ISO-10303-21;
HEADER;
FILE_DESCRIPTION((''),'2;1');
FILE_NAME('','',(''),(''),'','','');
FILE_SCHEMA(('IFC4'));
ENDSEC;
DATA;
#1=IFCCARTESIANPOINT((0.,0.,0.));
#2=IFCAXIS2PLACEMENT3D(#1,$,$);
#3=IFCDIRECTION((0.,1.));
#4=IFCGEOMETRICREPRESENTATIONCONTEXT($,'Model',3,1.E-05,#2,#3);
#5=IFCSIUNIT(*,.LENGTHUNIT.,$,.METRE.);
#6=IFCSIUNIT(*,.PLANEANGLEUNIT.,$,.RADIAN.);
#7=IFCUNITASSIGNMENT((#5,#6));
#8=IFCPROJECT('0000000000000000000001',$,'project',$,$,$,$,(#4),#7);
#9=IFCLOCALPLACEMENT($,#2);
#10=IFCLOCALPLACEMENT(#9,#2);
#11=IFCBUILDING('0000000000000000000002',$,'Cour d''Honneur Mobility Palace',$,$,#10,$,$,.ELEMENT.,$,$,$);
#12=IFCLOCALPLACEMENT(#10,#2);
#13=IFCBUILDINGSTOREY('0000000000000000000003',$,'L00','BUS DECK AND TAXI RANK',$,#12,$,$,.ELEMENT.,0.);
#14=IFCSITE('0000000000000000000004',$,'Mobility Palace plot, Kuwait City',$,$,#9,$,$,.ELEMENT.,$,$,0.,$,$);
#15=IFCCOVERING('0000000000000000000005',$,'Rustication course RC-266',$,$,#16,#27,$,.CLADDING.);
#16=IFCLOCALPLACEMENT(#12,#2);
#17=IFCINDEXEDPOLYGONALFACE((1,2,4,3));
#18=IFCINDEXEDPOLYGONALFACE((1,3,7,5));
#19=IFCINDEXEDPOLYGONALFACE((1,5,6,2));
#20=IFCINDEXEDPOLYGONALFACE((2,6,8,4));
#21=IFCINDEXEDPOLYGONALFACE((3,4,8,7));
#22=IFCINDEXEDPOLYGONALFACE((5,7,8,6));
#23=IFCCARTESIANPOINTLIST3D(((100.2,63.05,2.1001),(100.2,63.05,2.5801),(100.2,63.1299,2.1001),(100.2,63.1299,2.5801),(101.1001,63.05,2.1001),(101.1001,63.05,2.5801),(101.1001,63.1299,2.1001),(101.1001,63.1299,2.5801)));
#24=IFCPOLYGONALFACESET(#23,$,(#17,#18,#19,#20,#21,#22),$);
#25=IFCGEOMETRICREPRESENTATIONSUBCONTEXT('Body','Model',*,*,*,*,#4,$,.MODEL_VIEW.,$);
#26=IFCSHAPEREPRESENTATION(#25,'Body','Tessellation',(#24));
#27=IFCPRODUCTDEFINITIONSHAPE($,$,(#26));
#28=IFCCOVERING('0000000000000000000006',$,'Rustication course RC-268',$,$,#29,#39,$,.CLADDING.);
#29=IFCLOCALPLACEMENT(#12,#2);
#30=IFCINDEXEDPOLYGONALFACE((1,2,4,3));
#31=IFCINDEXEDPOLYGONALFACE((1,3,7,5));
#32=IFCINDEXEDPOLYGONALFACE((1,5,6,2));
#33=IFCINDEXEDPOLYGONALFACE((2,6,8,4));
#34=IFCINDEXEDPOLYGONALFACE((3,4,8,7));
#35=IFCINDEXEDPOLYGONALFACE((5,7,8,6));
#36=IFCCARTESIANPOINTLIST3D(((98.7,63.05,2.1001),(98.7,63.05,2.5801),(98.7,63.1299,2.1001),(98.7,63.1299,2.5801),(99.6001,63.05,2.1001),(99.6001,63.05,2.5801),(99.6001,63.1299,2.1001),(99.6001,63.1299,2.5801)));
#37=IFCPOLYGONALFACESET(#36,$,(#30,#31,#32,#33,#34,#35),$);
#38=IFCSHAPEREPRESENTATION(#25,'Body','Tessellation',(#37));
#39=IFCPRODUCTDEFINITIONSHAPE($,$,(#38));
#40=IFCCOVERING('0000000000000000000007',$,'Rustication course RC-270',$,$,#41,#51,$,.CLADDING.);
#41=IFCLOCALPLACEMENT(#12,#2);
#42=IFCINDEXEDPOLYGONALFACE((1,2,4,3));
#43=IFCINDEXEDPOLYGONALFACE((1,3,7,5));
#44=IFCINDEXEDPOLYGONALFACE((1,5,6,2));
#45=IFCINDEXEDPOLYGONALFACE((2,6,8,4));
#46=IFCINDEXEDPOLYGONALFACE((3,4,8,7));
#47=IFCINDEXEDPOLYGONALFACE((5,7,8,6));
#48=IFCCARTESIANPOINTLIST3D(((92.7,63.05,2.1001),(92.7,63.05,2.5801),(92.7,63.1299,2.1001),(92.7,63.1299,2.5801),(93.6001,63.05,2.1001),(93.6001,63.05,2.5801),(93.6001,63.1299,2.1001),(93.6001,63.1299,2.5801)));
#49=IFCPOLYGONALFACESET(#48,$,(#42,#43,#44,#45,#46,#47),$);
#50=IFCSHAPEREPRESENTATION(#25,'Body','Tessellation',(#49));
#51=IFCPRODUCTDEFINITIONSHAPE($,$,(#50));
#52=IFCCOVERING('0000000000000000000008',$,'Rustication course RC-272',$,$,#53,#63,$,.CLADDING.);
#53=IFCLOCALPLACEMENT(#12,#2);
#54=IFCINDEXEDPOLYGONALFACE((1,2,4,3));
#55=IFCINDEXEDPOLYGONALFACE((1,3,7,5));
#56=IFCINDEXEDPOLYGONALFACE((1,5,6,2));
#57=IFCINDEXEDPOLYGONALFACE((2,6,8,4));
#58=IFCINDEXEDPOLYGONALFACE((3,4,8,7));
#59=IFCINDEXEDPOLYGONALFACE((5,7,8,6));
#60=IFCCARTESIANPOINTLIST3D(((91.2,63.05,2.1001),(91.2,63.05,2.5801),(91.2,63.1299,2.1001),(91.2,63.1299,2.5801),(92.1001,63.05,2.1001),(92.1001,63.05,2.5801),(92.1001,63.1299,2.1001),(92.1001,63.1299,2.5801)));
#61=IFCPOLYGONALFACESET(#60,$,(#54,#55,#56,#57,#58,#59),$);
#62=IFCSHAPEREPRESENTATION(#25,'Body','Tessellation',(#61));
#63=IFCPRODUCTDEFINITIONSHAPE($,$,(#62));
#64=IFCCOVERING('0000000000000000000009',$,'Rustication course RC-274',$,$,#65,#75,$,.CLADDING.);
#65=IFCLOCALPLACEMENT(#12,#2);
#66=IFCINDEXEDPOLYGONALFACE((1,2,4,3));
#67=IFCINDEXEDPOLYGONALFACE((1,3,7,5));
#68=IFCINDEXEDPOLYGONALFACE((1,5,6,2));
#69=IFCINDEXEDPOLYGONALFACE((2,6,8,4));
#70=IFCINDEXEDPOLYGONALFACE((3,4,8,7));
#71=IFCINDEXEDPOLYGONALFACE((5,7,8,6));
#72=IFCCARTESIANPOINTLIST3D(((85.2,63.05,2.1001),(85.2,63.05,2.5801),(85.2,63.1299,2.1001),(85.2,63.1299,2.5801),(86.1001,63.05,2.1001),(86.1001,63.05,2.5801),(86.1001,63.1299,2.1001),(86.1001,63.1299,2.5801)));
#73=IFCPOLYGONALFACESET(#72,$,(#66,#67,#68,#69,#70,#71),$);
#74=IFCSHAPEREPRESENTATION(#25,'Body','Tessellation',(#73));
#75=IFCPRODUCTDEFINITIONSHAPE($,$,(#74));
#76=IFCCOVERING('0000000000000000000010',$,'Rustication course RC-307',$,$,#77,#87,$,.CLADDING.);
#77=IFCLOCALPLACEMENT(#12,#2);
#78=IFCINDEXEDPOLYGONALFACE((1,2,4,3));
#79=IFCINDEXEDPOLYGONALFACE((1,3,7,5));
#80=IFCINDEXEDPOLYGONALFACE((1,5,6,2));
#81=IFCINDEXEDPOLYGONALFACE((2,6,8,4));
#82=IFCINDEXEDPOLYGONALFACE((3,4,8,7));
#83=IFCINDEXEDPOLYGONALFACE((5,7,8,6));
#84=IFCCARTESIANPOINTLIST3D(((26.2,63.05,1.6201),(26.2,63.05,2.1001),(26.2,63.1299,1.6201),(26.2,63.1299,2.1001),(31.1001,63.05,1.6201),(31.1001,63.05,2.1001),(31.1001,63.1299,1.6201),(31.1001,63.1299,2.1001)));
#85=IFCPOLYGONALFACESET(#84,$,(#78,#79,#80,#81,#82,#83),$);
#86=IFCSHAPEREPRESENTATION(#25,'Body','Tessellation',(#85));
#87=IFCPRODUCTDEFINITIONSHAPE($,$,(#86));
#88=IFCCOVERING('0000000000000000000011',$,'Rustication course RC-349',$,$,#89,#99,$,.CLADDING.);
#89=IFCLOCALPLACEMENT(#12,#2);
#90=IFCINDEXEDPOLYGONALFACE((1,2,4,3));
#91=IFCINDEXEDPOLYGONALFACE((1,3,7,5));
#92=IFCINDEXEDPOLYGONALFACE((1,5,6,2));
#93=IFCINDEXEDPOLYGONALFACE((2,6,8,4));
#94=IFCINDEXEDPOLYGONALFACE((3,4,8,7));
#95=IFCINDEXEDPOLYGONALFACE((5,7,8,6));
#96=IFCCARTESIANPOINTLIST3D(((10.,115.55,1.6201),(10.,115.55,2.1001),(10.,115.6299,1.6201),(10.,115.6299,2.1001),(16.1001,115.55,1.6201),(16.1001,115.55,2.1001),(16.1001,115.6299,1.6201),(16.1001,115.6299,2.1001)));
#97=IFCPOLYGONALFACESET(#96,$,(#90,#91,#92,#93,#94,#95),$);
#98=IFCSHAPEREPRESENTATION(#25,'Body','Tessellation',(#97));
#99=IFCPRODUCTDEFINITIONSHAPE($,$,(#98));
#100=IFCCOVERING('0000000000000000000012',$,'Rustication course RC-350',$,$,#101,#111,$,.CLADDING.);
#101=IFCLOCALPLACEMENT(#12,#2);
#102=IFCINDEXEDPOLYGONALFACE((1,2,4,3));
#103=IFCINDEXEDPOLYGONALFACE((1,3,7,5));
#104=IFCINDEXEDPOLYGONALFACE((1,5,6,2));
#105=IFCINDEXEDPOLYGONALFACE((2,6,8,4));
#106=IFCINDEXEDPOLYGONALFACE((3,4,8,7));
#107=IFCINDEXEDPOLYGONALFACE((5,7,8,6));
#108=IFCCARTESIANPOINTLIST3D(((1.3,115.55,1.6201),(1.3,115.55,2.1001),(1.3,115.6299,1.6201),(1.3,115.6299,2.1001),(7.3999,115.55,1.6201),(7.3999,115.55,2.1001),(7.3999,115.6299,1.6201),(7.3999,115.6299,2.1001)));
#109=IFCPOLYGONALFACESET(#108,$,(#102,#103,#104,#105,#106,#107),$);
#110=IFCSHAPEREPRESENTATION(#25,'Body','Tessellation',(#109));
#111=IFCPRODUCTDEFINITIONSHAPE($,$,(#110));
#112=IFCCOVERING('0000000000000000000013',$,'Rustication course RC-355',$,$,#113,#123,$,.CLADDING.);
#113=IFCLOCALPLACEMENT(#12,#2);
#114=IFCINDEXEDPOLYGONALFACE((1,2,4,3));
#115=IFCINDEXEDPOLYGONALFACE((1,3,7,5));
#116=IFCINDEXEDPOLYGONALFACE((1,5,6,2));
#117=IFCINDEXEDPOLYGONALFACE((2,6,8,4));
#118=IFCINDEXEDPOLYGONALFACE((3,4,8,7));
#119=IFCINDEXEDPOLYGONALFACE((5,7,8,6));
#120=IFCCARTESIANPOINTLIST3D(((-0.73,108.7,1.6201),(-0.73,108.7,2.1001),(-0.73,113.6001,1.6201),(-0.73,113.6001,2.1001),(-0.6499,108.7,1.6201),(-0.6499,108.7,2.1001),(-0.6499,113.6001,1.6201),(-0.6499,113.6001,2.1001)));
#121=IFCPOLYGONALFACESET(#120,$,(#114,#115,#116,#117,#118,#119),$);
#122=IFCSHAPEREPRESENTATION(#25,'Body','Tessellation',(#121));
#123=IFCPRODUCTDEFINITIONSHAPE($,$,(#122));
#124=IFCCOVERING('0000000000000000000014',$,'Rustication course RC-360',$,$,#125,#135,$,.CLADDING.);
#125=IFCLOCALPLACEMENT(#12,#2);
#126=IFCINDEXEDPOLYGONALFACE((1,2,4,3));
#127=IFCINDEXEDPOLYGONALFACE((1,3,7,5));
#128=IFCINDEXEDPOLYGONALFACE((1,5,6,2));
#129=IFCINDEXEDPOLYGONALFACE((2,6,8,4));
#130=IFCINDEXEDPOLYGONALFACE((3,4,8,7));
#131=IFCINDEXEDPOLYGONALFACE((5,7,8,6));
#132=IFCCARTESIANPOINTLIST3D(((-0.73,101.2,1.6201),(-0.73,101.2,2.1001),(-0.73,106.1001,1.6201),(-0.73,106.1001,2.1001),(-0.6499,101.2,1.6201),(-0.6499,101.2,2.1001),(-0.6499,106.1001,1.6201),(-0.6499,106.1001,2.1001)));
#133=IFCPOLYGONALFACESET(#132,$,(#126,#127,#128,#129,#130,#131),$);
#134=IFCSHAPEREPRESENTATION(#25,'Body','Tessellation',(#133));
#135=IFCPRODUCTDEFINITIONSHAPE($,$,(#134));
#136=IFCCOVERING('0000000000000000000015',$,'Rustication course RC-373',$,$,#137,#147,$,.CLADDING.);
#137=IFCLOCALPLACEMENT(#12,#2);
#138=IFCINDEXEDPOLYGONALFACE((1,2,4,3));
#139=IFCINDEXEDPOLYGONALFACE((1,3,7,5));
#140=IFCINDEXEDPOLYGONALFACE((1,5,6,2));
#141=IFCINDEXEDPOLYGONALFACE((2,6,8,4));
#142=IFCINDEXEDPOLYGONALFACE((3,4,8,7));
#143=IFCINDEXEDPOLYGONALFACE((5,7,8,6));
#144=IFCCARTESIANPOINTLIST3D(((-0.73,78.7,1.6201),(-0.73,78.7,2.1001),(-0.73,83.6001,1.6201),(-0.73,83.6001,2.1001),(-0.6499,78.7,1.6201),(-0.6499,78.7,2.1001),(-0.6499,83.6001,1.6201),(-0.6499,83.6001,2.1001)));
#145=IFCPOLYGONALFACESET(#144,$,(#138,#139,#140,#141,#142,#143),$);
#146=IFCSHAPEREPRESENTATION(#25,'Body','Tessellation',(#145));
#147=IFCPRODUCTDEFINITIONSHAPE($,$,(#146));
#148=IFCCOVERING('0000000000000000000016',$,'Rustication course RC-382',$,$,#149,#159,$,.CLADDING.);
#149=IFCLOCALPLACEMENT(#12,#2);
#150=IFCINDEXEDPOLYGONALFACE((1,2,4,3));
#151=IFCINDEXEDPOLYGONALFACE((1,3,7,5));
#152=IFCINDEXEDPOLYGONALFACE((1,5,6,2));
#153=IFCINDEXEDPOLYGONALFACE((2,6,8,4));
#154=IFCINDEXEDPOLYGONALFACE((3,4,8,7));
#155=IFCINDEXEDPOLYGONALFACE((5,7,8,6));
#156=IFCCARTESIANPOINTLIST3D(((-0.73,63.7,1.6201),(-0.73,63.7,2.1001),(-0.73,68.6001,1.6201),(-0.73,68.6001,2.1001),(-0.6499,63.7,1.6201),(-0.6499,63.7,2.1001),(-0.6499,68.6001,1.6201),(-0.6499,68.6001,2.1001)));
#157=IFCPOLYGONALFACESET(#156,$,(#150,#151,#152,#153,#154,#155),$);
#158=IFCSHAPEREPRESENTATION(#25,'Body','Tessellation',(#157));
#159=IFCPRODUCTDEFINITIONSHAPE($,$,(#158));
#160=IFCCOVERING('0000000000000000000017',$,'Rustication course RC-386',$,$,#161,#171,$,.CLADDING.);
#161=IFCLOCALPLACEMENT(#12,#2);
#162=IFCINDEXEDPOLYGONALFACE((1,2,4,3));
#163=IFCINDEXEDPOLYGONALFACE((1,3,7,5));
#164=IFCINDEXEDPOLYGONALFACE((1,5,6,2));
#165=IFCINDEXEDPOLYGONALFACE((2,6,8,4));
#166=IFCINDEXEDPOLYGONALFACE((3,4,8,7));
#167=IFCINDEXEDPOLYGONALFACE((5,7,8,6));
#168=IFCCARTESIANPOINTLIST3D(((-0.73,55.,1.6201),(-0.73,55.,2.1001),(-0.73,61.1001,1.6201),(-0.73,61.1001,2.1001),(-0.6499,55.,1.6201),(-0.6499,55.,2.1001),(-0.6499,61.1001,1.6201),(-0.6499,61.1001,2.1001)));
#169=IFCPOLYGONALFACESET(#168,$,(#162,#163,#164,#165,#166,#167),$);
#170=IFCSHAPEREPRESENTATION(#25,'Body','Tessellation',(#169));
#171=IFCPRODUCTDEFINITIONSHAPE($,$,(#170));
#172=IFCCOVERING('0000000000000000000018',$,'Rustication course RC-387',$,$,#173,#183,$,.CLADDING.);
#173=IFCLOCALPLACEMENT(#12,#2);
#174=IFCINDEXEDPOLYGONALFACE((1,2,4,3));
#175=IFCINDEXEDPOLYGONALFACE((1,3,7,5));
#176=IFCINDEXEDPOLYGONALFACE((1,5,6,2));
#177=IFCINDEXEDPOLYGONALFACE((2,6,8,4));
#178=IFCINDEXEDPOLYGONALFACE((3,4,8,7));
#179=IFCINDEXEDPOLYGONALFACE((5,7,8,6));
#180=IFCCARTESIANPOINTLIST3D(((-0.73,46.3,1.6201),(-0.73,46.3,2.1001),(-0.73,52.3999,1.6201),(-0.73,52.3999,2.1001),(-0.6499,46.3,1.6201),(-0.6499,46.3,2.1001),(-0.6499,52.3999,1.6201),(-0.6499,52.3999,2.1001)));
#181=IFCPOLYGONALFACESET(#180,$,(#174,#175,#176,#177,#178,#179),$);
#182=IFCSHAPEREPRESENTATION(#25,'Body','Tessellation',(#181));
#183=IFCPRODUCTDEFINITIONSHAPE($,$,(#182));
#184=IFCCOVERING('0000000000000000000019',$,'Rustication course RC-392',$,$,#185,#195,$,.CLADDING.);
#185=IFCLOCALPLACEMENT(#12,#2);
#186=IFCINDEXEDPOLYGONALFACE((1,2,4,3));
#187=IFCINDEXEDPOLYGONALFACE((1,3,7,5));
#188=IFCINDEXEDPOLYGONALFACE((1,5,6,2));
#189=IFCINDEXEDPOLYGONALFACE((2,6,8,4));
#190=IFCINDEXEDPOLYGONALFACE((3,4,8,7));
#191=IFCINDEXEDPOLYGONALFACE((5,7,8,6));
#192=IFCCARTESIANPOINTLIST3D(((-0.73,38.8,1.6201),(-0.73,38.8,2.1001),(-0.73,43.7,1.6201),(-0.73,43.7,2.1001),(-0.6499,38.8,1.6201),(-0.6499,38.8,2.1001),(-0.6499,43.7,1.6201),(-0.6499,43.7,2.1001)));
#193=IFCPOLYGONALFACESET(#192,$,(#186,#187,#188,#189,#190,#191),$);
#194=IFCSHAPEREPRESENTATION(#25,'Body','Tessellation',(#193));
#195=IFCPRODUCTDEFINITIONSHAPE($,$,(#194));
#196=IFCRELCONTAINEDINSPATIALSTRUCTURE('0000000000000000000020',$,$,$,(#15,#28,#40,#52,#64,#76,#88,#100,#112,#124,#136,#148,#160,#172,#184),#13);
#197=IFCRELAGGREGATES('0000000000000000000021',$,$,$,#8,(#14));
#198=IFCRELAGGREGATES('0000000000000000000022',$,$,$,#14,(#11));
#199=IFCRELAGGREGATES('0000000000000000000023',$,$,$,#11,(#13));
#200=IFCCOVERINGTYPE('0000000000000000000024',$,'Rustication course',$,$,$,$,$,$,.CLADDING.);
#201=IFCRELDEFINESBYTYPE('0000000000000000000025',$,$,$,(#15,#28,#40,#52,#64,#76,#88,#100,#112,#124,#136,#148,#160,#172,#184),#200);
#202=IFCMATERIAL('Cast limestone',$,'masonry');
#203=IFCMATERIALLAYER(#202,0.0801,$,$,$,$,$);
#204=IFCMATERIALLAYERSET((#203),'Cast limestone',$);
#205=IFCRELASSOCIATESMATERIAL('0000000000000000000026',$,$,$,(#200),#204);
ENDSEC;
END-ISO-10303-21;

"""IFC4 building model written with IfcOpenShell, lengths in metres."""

from ifc_helpers import new_model, si_unit, direction, frame, origin, place, context, subcontext, project, spatial, polyline, outline, extrude, material, layer, layer_set, type_object, element, save


model = new_model("IFC4")

# Units and contexts
model_context = context("Model", 3, precision=1e-05, world=origin(), true_north=direction((0.0, 1.0)))
body_context = subcontext(model_context, "Body", "Model", "MODEL_VIEW")
ifc_project = project(units=[si_unit("LENGTHUNIT", "METRE"), si_unit("PLANEANGLEUNIT", "RADIAN")], contexts=[model_context])

# Site, building, storey
site_placement = place(None, origin())
site = spatial("IfcSite", under=ifc_project, at=site_placement, Name="Mobility Palace plot, Kuwait City", CompositionType="ELEMENT", RefElevation=0.0)
building_placement = place(site_placement, origin())
building = spatial("IfcBuilding", under=site, at=building_placement, Name="Cour d'Honneur Mobility Palace", CompositionType="ELEMENT")
storey_placement = place(building_placement, origin())
storey = spatial("IfcBuildingStorey", under=building, at=storey_placement, Name="L00", Description="BUS DECK AND TAXI RANK", CompositionType="ELEMENT", Elevation=0.0)

# Coverings
ifc_material = material(Name="Cast limestone", Category="masonry")
ifc_layer = layer(ifc_material, 0.0801)
ifc_layer_set = layer_set([ifc_layer], Name="Cast limestone")
covering_type = type_object("IfcCoveringType", Name="Rustication course", PredefinedType="CLADDING", material=ifc_layer_set)
covering_1_placement = place(storey_placement, frame((0.0, 0.0, 2.1001)))
element("IfcCovering", 1, at=covering_1_placement, inside=storey, type_object=covering_type, Name="Rustication course RC-266", PredefinedType="CLADDING", context=body_context, shape_type="SweptSolid", body=[
    extrude(outline(polyline([(101.1001, 63.05), (100.2, 63.05), (100.2, 63.1299), (101.1001, 63.1299), (101.1001, 63.05)])), origin(), (0.0, 0.0, 1.0), 0.48),
])
covering_2_placement = place(storey_placement, frame((0.0, 0.0, 2.1001)))
element("IfcCovering", 2, at=covering_2_placement, inside=storey, type_object=covering_type, Name="Rustication course RC-268", PredefinedType="CLADDING", context=body_context, shape_type="SweptSolid", body=[
    extrude(outline(polyline([(99.6001, 63.05), (98.7, 63.05), (98.7, 63.1299), (99.6001, 63.1299), (99.6001, 63.05)])), origin(), (0.0, 0.0, 1.0), 0.48),
])
covering_3_placement = place(storey_placement, frame((0.0, 0.0, 2.1001)))
element("IfcCovering", 3, at=covering_3_placement, inside=storey, type_object=covering_type, Name="Rustication course RC-270", PredefinedType="CLADDING", context=body_context, shape_type="SweptSolid", body=[
    extrude(outline(polyline([(93.6001, 63.05), (92.7, 63.05), (92.7, 63.1299), (93.6001, 63.1299), (93.6001, 63.05)])), origin(), (0.0, 0.0, 1.0), 0.48),
])
covering_4_placement = place(storey_placement, frame((0.0, 0.0, 2.1001)))
element("IfcCovering", 4, at=covering_4_placement, inside=storey, type_object=covering_type, Name="Rustication course RC-272", PredefinedType="CLADDING", context=body_context, shape_type="SweptSolid", body=[
    extrude(outline(polyline([(92.1001, 63.05), (91.2, 63.05), (91.2, 63.1299), (92.1001, 63.1299), (92.1001, 63.05)])), origin(), (0.0, 0.0, 1.0), 0.48),
])
covering_5_placement = place(storey_placement, frame((0.0, 0.0, 2.1001)))
element("IfcCovering", 5, at=covering_5_placement, inside=storey, type_object=covering_type, Name="Rustication course RC-274", PredefinedType="CLADDING", context=body_context, shape_type="SweptSolid", body=[
    extrude(outline(polyline([(86.1001, 63.05), (85.2, 63.05), (85.2, 63.1299), (86.1001, 63.1299), (86.1001, 63.05)])), origin(), (0.0, 0.0, 1.0), 0.48),
])
covering_6_placement = place(storey_placement, frame((0.0, 0.0, 1.6201)))
element("IfcCovering", 6, at=covering_6_placement, inside=storey, type_object=covering_type, Name="Rustication course RC-307", PredefinedType="CLADDING", context=body_context, shape_type="SweptSolid", body=[
    extrude(outline(polyline([(31.1001, 63.05), (26.2, 63.05), (26.2, 63.1299), (31.1001, 63.1299), (31.1001, 63.05)])), origin(), (0.0, 0.0, 1.0), 0.48),
])
covering_7_placement = place(storey_placement, frame((0.0, 0.0, 1.6201)))
element("IfcCovering", 7, at=covering_7_placement, inside=storey, type_object=covering_type, Name="Rustication course RC-349", PredefinedType="CLADDING", context=body_context, shape_type="SweptSolid", body=[
    extrude(outline(polyline([(16.1001, 115.55), (10.0, 115.55), (10.0, 115.6299), (16.1001, 115.6299), (16.1001, 115.55)])), origin(), (0.0, 0.0, 1.0), 0.48),
])
covering_8_placement = place(storey_placement, frame((0.0, 0.0, 1.6201)))
element("IfcCovering", 8, at=covering_8_placement, inside=storey, type_object=covering_type, Name="Rustication course RC-350", PredefinedType="CLADDING", context=body_context, shape_type="SweptSolid", body=[
    extrude(outline(polyline([(7.3999, 115.55), (1.3, 115.55), (1.3, 115.6299), (7.3999, 115.6299), (7.3999, 115.55)])), origin(), (0.0, 0.0, 1.0), 0.48),
])
covering_9_placement = place(storey_placement, frame((0.0, 0.0, 1.6201)))
element("IfcCovering", 9, at=covering_9_placement, inside=storey, type_object=covering_type, Name="Rustication course RC-355", PredefinedType="CLADDING", context=body_context, shape_type="SweptSolid", body=[
    extrude(outline(polyline([(-0.6499, 113.6001), (-0.6499, 108.7), (-0.73, 108.7), (-0.73, 113.6001), (-0.6499, 113.6001)])), origin(), (0.0, 0.0, 1.0), 0.48),
])
covering_10_placement = place(storey_placement, frame((0.0, 0.0, 1.6201)))
element("IfcCovering", 10, at=covering_10_placement, inside=storey, type_object=covering_type, Name="Rustication course RC-360", PredefinedType="CLADDING", context=body_context, shape_type="SweptSolid", body=[
    extrude(outline(polyline([(-0.6499, 106.1001), (-0.6499, 101.2), (-0.73, 101.2), (-0.73, 106.1001), (-0.6499, 106.1001)])), origin(), (0.0, 0.0, 1.0), 0.48),
])
covering_11_placement = place(storey_placement, frame((0.0, 0.0, 1.6201)))
element("IfcCovering", 11, at=covering_11_placement, inside=storey, type_object=covering_type, Name="Rustication course RC-373", PredefinedType="CLADDING", context=body_context, shape_type="SweptSolid", body=[
    extrude(outline(polyline([(-0.6499, 83.6001), (-0.6499, 78.7), (-0.73, 78.7), (-0.73, 83.6001), (-0.6499, 83.6001)])), origin(), (0.0, 0.0, 1.0), 0.48),
])
covering_12_placement = place(storey_placement, frame((0.0, 0.0, 1.6201)))
element("IfcCovering", 12, at=covering_12_placement, inside=storey, type_object=covering_type, Name="Rustication course RC-382", PredefinedType="CLADDING", context=body_context, shape_type="SweptSolid", body=[
    extrude(outline(polyline([(-0.6499, 68.6001), (-0.6499, 63.7), (-0.73, 63.7), (-0.73, 68.6001), (-0.6499, 68.6001)])), origin(), (0.0, 0.0, 1.0), 0.48),
])
covering_13_placement = place(storey_placement, frame((0.0, 0.0, 1.6201)))
element("IfcCovering", 13, at=covering_13_placement, inside=storey, type_object=covering_type, Name="Rustication course RC-386", PredefinedType="CLADDING", context=body_context, shape_type="SweptSolid", body=[
    extrude(outline(polyline([(-0.6499, 61.1001), (-0.6499, 55.0), (-0.73, 55.0), (-0.73, 61.1001), (-0.6499, 61.1001)])), origin(), (0.0, 0.0, 1.0), 0.48),
])
covering_14_placement = place(storey_placement, frame((0.0, 0.0, 1.6201)))
element("IfcCovering", 14, at=covering_14_placement, inside=storey, type_object=covering_type, Name="Rustication course RC-387", PredefinedType="CLADDING", context=body_context, shape_type="SweptSolid", body=[
    extrude(outline(polyline([(-0.6499, 52.3999), (-0.6499, 46.3), (-0.73, 46.3), (-0.73, 52.3999), (-0.6499, 52.3999)])), origin(), (0.0, 0.0, 1.0), 0.48),
])
covering_15_placement = place(storey_placement, frame((0.0, 0.0, 1.6201)))
element("IfcCovering", 15, at=covering_15_placement, inside=storey, type_object=covering_type, Name="Rustication course RC-392", PredefinedType="CLADDING", context=body_context, shape_type="SweptSolid", body=[
    extrude(outline(polyline([(-0.6499, 43.7), (-0.6499, 38.8), (-0.73, 38.8), (-0.73, 43.7), (-0.6499, 43.7)])), origin(), (0.0, 0.0, 1.0), 0.48),
])

save(model, "model.ifc")
